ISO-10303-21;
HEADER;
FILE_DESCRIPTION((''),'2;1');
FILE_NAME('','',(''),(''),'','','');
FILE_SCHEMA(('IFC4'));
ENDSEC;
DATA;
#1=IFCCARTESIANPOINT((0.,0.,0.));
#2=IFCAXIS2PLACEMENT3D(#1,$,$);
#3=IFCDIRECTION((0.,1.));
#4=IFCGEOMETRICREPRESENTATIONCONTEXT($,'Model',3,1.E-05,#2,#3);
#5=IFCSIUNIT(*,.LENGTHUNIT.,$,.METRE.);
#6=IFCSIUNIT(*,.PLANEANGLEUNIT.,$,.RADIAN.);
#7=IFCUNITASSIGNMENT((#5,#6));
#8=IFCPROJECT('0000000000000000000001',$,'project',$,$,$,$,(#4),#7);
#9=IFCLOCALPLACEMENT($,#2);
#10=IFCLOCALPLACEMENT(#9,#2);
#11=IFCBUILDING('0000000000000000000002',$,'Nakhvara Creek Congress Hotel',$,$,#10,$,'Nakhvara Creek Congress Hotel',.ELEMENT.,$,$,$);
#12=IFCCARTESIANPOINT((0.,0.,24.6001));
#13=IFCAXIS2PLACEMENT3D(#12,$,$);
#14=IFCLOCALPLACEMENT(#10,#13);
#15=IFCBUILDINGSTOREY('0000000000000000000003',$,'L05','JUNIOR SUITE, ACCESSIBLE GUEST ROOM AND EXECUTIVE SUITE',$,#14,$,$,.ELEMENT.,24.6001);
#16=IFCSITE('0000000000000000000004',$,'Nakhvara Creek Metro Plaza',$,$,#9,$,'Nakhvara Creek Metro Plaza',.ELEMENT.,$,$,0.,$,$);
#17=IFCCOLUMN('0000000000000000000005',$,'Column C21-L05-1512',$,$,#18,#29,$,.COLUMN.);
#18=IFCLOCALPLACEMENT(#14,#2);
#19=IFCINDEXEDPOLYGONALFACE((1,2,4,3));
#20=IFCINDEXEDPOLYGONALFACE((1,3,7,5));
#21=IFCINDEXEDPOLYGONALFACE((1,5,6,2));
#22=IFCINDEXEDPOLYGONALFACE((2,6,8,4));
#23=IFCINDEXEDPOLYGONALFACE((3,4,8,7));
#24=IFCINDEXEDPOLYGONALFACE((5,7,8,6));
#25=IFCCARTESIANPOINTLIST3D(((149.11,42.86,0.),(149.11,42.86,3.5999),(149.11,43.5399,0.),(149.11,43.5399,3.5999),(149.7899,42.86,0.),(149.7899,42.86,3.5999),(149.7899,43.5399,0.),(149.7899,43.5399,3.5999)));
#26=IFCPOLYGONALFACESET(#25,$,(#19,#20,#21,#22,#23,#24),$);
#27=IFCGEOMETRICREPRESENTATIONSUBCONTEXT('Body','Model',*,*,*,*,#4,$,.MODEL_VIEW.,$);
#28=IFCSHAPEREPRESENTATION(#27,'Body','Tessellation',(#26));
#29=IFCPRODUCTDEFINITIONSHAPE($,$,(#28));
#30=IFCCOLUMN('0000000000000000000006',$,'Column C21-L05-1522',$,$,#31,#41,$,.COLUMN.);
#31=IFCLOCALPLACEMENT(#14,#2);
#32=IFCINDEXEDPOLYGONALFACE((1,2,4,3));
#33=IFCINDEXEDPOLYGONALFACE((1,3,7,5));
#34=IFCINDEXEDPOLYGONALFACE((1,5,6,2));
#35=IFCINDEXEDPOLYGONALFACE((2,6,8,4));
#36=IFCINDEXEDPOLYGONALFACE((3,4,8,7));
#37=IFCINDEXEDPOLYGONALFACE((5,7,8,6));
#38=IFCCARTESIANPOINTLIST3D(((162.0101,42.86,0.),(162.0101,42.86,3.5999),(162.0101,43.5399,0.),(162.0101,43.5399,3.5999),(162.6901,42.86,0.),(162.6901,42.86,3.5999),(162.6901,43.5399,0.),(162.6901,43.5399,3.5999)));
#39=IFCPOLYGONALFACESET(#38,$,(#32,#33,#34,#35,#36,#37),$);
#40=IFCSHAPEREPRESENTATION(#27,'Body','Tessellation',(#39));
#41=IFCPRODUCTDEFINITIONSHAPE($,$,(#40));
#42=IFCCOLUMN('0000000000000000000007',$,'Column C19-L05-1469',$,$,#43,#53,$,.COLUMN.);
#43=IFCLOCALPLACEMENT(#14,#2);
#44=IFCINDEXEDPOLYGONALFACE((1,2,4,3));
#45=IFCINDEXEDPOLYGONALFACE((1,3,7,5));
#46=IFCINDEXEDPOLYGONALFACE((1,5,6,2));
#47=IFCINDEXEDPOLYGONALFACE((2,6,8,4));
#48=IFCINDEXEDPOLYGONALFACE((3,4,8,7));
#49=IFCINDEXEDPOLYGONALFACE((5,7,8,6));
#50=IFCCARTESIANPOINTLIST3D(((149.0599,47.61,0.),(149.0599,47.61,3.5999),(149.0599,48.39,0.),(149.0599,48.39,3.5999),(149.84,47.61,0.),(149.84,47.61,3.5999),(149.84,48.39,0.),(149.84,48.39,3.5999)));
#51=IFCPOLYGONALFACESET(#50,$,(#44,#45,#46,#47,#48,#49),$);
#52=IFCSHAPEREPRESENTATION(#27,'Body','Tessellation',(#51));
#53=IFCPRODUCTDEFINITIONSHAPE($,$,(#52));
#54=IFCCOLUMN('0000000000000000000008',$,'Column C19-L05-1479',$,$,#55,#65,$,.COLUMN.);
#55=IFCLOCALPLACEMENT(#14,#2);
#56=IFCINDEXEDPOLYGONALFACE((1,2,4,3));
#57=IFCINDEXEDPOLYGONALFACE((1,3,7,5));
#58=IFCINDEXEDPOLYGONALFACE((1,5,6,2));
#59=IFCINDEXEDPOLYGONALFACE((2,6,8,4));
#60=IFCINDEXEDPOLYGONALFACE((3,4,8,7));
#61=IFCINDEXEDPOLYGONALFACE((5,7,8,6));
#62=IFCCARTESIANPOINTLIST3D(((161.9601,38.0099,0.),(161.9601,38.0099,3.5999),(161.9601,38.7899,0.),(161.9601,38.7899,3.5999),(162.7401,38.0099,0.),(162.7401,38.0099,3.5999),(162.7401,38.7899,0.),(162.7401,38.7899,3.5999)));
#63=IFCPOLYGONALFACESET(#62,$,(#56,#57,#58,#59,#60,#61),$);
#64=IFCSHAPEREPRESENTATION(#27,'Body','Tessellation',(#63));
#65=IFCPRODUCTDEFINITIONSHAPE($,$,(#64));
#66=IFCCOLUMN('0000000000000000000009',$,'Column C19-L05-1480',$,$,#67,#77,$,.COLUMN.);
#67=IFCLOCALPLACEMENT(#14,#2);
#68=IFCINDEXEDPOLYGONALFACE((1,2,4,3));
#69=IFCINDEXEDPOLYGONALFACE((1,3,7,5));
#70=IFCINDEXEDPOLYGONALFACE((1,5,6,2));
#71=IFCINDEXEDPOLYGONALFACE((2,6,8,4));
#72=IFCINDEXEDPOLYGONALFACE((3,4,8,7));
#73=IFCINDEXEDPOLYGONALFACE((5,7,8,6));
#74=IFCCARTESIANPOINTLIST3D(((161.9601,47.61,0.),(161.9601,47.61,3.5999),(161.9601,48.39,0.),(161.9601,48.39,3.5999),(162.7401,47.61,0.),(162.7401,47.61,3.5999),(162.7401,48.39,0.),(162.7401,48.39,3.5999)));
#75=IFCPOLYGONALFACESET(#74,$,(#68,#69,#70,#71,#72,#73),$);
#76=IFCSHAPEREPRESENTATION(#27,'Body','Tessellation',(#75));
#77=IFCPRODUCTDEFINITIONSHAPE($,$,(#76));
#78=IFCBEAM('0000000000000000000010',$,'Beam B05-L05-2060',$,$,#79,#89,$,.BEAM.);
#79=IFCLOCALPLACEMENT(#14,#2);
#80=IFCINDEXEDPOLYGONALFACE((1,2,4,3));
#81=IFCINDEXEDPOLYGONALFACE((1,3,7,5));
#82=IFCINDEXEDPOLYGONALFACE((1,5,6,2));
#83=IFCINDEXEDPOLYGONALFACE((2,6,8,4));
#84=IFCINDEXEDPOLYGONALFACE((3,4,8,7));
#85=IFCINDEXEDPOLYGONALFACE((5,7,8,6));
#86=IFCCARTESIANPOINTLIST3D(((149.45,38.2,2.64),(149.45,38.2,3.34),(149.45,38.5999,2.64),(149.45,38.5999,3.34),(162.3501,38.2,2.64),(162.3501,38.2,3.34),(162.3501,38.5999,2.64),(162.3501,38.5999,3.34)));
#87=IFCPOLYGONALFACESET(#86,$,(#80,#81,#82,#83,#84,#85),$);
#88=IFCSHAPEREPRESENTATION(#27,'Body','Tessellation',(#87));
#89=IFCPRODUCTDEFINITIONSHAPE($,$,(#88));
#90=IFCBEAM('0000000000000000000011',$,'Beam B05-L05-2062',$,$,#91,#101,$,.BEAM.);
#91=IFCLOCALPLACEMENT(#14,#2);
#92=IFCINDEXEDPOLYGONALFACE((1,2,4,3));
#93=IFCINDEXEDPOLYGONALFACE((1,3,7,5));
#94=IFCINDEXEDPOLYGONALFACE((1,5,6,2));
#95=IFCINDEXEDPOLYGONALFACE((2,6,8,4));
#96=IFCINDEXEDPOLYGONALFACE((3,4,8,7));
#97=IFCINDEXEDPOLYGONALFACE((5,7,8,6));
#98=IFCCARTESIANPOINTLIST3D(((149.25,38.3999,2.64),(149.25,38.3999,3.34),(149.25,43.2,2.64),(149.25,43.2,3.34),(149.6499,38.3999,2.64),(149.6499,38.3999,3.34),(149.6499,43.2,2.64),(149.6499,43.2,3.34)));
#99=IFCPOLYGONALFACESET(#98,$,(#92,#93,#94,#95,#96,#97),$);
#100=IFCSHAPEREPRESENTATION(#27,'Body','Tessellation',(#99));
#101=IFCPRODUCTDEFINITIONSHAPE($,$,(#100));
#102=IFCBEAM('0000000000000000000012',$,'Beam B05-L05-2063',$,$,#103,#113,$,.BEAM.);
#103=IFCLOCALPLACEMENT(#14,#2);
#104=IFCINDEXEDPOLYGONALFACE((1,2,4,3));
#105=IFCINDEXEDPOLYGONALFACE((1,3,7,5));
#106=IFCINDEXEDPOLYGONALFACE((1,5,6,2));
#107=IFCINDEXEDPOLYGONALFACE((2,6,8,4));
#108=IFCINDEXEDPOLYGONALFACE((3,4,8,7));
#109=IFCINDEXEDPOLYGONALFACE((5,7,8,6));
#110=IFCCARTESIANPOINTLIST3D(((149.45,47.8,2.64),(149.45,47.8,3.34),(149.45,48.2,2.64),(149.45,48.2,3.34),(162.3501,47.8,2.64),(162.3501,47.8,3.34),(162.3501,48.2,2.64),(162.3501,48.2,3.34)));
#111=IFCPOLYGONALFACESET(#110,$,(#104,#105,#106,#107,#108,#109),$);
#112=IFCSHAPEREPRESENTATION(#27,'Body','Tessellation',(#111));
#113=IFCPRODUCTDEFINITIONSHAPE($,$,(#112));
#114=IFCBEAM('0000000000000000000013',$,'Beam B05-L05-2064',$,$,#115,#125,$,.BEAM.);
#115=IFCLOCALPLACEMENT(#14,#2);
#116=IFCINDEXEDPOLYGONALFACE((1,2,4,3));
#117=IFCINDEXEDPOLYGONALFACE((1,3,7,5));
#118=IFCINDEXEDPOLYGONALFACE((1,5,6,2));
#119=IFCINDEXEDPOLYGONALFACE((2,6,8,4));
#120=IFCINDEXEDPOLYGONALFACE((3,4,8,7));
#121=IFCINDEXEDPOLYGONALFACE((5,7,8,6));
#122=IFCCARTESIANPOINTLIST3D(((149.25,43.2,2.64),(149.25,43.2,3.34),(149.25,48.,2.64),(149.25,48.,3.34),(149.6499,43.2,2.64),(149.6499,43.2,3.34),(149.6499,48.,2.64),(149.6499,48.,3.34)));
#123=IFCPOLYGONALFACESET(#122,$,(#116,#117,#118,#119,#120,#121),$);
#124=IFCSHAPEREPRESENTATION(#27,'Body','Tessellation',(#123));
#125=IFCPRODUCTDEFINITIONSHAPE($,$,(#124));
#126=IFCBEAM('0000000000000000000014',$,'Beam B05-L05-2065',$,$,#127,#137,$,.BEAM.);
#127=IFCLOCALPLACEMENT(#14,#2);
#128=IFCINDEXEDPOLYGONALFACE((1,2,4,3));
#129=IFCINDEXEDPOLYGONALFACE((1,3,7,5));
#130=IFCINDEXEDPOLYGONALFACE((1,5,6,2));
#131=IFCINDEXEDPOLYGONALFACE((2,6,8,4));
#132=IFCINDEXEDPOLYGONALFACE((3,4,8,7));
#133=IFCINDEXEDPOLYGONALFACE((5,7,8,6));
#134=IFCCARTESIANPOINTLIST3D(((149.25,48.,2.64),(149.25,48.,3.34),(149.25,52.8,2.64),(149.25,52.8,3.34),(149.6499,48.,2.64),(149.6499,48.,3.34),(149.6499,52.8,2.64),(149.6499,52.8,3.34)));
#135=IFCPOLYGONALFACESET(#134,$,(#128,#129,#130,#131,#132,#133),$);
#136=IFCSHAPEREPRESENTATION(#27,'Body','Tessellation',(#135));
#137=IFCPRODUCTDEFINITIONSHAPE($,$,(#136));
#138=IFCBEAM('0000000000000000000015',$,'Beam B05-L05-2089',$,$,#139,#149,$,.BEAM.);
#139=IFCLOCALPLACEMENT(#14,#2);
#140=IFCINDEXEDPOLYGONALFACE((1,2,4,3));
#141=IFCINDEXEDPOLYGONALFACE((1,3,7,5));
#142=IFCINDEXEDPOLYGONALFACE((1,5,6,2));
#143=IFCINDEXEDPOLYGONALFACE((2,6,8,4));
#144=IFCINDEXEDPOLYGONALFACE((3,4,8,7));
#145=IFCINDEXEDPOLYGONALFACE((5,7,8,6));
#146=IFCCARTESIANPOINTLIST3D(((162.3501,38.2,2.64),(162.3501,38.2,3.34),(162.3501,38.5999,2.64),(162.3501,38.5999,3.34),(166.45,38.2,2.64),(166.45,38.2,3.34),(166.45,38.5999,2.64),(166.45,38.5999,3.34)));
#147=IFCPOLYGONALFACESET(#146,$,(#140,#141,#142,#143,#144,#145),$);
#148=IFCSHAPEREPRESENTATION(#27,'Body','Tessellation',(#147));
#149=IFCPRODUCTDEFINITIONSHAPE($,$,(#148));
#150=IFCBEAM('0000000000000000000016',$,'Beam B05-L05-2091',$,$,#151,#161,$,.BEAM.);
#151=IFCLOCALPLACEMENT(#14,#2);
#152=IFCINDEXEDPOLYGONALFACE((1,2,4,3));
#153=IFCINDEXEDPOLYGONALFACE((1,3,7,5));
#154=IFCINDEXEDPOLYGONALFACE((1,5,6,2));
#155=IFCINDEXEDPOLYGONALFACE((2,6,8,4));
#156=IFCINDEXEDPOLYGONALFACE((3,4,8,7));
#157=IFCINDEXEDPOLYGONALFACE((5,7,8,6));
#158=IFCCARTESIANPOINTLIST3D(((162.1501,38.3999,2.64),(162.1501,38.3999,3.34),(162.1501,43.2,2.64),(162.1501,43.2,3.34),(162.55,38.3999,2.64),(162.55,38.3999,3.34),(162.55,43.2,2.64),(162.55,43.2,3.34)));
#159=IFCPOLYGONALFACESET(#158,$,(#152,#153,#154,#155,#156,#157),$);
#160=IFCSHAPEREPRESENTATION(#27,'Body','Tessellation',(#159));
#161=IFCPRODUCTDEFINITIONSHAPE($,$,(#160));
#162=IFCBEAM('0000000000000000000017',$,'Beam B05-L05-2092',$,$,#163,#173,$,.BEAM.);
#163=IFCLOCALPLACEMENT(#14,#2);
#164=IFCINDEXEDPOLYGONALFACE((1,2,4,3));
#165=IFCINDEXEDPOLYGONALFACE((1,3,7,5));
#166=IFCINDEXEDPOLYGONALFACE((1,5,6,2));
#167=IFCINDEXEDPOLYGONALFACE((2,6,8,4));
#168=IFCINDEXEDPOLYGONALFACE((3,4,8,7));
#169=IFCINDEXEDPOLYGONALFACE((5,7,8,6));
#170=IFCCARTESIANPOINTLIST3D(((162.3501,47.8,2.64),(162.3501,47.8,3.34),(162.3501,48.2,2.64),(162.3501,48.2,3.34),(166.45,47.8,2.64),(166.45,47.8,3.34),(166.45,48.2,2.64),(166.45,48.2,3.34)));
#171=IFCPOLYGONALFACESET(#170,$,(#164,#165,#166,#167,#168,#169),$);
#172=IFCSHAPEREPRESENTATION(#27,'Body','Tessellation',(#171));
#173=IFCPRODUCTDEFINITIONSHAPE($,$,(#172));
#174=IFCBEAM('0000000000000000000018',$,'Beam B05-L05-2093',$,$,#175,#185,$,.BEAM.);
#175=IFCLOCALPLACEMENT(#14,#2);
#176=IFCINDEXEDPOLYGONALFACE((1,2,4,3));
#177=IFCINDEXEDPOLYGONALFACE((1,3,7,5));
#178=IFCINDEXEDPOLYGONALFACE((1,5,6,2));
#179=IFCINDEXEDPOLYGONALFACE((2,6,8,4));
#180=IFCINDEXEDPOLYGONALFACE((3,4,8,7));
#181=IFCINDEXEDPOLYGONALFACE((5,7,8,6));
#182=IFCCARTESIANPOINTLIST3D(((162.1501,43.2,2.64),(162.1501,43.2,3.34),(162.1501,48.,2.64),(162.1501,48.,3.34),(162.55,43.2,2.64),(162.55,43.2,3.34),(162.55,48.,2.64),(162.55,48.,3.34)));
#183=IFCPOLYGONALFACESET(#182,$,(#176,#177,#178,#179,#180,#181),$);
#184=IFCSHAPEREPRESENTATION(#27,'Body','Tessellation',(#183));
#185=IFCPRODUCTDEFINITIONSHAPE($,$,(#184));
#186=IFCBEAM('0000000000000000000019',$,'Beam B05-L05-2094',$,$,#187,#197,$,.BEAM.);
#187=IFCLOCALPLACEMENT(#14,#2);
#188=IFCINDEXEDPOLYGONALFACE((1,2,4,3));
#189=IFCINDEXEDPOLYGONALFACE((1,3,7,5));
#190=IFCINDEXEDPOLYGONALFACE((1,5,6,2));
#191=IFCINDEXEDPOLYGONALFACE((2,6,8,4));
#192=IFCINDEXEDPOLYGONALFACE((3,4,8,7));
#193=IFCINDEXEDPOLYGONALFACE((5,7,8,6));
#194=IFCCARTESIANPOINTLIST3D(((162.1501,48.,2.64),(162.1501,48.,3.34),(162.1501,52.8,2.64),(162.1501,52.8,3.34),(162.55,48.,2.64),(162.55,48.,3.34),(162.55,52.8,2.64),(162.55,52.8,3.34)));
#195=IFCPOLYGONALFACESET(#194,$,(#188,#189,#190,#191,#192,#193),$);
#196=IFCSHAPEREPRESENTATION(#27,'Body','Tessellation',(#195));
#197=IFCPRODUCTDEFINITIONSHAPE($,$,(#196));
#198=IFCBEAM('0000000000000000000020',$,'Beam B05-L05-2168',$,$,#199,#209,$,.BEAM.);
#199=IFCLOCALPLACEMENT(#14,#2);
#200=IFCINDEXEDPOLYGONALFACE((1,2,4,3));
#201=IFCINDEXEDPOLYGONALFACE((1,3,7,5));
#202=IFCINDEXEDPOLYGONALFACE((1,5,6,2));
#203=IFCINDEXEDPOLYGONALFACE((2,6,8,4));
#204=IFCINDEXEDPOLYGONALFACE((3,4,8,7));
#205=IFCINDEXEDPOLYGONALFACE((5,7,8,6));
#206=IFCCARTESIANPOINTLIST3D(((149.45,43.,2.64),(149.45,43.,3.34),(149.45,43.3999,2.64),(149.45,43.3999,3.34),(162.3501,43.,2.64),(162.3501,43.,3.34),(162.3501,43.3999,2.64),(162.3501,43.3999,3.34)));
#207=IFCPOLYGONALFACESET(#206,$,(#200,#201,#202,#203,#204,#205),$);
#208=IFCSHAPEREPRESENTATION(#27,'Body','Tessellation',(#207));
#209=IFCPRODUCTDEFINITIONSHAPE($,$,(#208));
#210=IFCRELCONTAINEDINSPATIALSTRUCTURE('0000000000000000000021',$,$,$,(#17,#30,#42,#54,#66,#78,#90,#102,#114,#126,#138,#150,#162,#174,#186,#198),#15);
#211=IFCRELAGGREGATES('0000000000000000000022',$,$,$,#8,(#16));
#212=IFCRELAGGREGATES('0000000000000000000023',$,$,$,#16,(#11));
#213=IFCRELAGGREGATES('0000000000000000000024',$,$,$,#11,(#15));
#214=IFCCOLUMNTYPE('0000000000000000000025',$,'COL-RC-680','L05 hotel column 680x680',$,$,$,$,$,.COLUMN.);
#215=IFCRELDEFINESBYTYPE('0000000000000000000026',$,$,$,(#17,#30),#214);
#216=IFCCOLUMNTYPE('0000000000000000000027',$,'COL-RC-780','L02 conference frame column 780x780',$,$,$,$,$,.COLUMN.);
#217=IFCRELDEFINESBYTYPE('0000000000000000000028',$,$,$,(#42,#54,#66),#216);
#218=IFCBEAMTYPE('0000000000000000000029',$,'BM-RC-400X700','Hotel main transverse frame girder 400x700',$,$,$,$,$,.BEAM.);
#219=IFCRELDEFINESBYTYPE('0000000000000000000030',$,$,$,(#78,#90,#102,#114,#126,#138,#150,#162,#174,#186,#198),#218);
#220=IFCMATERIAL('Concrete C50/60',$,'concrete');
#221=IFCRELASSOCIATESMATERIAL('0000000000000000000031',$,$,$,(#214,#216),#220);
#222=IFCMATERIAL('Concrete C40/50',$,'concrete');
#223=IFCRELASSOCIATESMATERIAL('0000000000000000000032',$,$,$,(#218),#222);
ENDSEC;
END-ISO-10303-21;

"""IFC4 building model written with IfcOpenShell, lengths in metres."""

from ifc_helpers import new_model, si_unit, direction, frame, origin, origin_2d, place, context, subcontext, project, spatial, rectangle, extrude, material, material_profile, profile_set, type_object, element, save


model = new_model("IFC4")

# Units and contexts
model_context = context("Model", 3, precision=1e-05, world=origin(), true_north=direction((0.0, 1.0)))
body_context = subcontext(model_context, "Body", "Model", "MODEL_VIEW")
ifc_project = project(units=[si_unit("LENGTHUNIT", "METRE"), si_unit("PLANEANGLEUNIT", "RADIAN")], contexts=[model_context])

# Site, building, storey
site_placement = place(None, origin())
site = spatial("IfcSite", under=ifc_project, at=site_placement, Name="Nakhvara Creek Metro Plaza", LongName="Nakhvara Creek Metro Plaza", CompositionType="ELEMENT", RefElevation=0.0)
building_placement = place(site_placement, origin())
building = spatial("IfcBuilding", under=site, at=building_placement, Name="Nakhvara Creek Congress Hotel", LongName="Nakhvara Creek Congress Hotel", CompositionType="ELEMENT")
storey_placement = place(building_placement, frame((0.0, 0.0, 24.6001)))
storey = spatial("IfcBuildingStorey", under=building, at=storey_placement, Name="L05", Description="JUNIOR SUITE, ACCESSIBLE GUEST ROOM AND EXECUTIVE SUITE", CompositionType="ELEMENT", Elevation=24.6001)

# Columns
ifc_material_1 = material(Name="Concrete C50/60", Category="concrete")
ifc_material_profile_1 = material_profile(ifc_material_1, rectangle(XDim=0.6799, YDim=0.6799, at=origin_2d()), Name="RC-COL 680x680", Category="LoadBearing")
ifc_profile_set_1 = profile_set([ifc_material_profile_1], Name="Concrete C50/60")
column_type_1 = type_object("IfcColumnType", Name="COL-RC-680", Description="L05 hotel column 680x680", PredefinedType="COLUMN", material=ifc_profile_set_1)
for number, where, z_axis, x_axis, name in (
    (1, (149.45, 43.2, 0.0), (0.0, 0.0, 1.0), (1.0, 0.0, 0.0), "Column C21-L05-1512"),
    (2, (162.3501, 43.2, 0.0), (0.0, 0.0, 1.0), (1.0, 0.0, 0.0), "Column C21-L05-1522"),
):
    element("IfcColumn", number, at=place(storey_placement, frame(where, z_axis=z_axis, x_axis=x_axis)), inside=storey, type_object=column_type_1, Name=name, PredefinedType="COLUMN", context=body_context, shape_type="SweptSolid", body=[
        extrude(rectangle(XDim=0.6799, YDim=0.6799, at=origin_2d()), origin(), (0.0, 0.0, 1.0), 3.5999),
    ])
ifc_material_profile_2 = material_profile(ifc_material_1, rectangle(XDim=0.78, YDim=0.78, at=origin_2d()), Name="RC-COL 780x780", Category="LoadBearing")
ifc_profile_set_2 = profile_set([ifc_material_profile_2], Name="Concrete C50/60")
column_type_2 = type_object("IfcColumnType", Name="COL-RC-780", Description="L02 conference frame column 780x780", PredefinedType="COLUMN", material=ifc_profile_set_2)
for number, where, z_axis, x_axis, name in (
    (3, (149.45, 48.0, 0.0), (0.0, 0.0, 1.0), (1.0, 0.0, 0.0), "Column C19-L05-1469"),
    (4, (162.3501, 38.3999, 0.0), (0.0, 0.0, 1.0), (1.0, 0.0, 0.0), "Column C19-L05-1479"),
    (5, (162.3501, 48.0, 0.0), (0.0, 0.0, 1.0), (1.0, 0.0, 0.0), "Column C19-L05-1480"),
):
    element("IfcColumn", number, at=place(storey_placement, frame(where, z_axis=z_axis, x_axis=x_axis)), inside=storey, type_object=column_type_2, Name=name, PredefinedType="COLUMN", context=body_context, shape_type="SweptSolid", body=[
        extrude(rectangle(XDim=0.78, YDim=0.78, at=origin_2d()), origin(), (0.0, 0.0, 1.0), 3.5999),
    ])

# Beams
ifc_material_2 = material(Name="Concrete C40/50", Category="concrete")
ifc_material_profile_3 = material_profile(ifc_material_2, rectangle(XDim=0.3999, YDim=0.7, at=origin_2d()), Name="RC-BM 400x700", Category="LoadBearing")
ifc_profile_set_3 = profile_set([ifc_material_profile_3], Name="Concrete C40/50")
beam_type = type_object("IfcBeamType", Name="BM-RC-400X700", Description="Hotel main transverse frame girder 400x700", PredefinedType="BEAM", material=ifc_profile_set_3)
beam_1_placement = place(storey_placement, frame((149.45, 38.3999, 2.99), z_axis=(1.0, 0.0, 0.0), x_axis=(0.0, 1.0, 0.0)))
element("IfcBeam", 6, at=beam_1_placement, inside=storey, type_object=beam_type, Name="Beam B05-L05-2060", PredefinedType="BEAM", context=body_context, shape_type="SweptSolid", body=[
    extrude(rectangle(XDim=0.3999, YDim=0.7, at=origin_2d()), origin(), (0.0, 0.0, 1.0), 12.9001),
])
beam_2_placement = place(storey_placement, frame((149.45, 38.3999, 2.99), z_axis=(0.0, 1.0, 0.0), x_axis=(-1.0, 0.0, 0.0)))
element("IfcBeam", 7, at=beam_2_placement, inside=storey, type_object=beam_type, Name="Beam B05-L05-2062", PredefinedType="BEAM", context=body_context, shape_type="SweptSolid", body=[
    extrude(rectangle(XDim=0.3999, YDim=0.7, at=origin_2d()), origin(), (0.0, 0.0, 1.0), 4.8),
])
beam_3_placement = place(storey_placement, frame((149.45, 48.0, 2.99), z_axis=(1.0, 0.0, 0.0), x_axis=(0.0, 1.0, 0.0)))
element("IfcBeam", 8, at=beam_3_placement, inside=storey, type_object=beam_type, Name="Beam B05-L05-2063", PredefinedType="BEAM", context=body_context, shape_type="SweptSolid", body=[
    extrude(rectangle(XDim=0.3999, YDim=0.7, at=origin_2d()), origin(), (0.0, 0.0, 1.0), 12.9001),
])
for number, where, z_axis, x_axis, name in (
    (9, (149.45, 43.2, 2.99), (0.0, 1.0, 0.0), (-1.0, 0.0, 0.0), "Beam B05-L05-2064"),
    (10, (149.45, 48.0, 2.99), (0.0, 1.0, 0.0), (-1.0, 0.0, 0.0), "Beam B05-L05-2065"),
):
    element("IfcBeam", number, at=place(storey_placement, frame(where, z_axis=z_axis, x_axis=x_axis)), inside=storey, type_object=beam_type, Name=name, PredefinedType="BEAM", context=body_context, shape_type="SweptSolid", body=[
        extrude(rectangle(XDim=0.3999, YDim=0.7, at=origin_2d()), origin(), (0.0, 0.0, 1.0), 4.8),
    ])
beam_4_placement = place(storey_placement, frame((162.3501, 38.3999, 2.99), z_axis=(1.0, 0.0, 0.0), x_axis=(0.0, 1.0, 0.0)))
element("IfcBeam", 11, at=beam_4_placement, inside=storey, type_object=beam_type, Name="Beam B05-L05-2089", PredefinedType="BEAM", context=body_context, shape_type="SweptSolid", body=[
    extrude(rectangle(XDim=0.3999, YDim=0.7, at=origin_2d()), origin(), (0.0, 0.0, 1.0), 4.0999),
])
beam_5_placement = place(storey_placement, frame((162.3501, 38.3999, 2.99), z_axis=(0.0, 1.0, 0.0), x_axis=(-1.0, 0.0, 0.0)))
element("IfcBeam", 12, at=beam_5_placement, inside=storey, type_object=beam_type, Name="Beam B05-L05-2091", PredefinedType="BEAM", context=body_context, shape_type="SweptSolid", body=[
    extrude(rectangle(XDim=0.3999, YDim=0.7, at=origin_2d()), origin(), (0.0, 0.0, 1.0), 4.8),
])
beam_6_placement = place(storey_placement, frame((162.3501, 48.0, 2.99), z_axis=(1.0, 0.0, 0.0), x_axis=(0.0, 1.0, 0.0)))
element("IfcBeam", 13, at=beam_6_placement, inside=storey, type_object=beam_type, Name="Beam B05-L05-2092", PredefinedType="BEAM", context=body_context, shape_type="SweptSolid", body=[
    extrude(rectangle(XDim=0.3999, YDim=0.7, at=origin_2d()), origin(), (0.0, 0.0, 1.0), 4.0999),
])
for number, where, z_axis, x_axis, name in (
    (14, (162.3501, 43.2, 2.99), (0.0, 1.0, 0.0), (-1.0, 0.0, 0.0), "Beam B05-L05-2093"),
    (15, (162.3501, 48.0, 2.99), (0.0, 1.0, 0.0), (-1.0, 0.0, 0.0), "Beam B05-L05-2094"),
):
    element("IfcBeam", number, at=place(storey_placement, frame(where, z_axis=z_axis, x_axis=x_axis)), inside=storey, type_object=beam_type, Name=name, PredefinedType="BEAM", context=body_context, shape_type="SweptSolid", body=[
        extrude(rectangle(XDim=0.3999, YDim=0.7, at=origin_2d()), origin(), (0.0, 0.0, 1.0), 4.8),
    ])
beam_7_placement = place(storey_placement, frame((149.45, 43.2, 2.99), z_axis=(1.0, 0.0, 0.0), x_axis=(0.0, 1.0, 0.0)))
element("IfcBeam", 16, at=beam_7_placement, inside=storey, type_object=beam_type, Name="Beam B05-L05-2168", PredefinedType="BEAM", context=body_context, shape_type="SweptSolid", body=[
    extrude(rectangle(XDim=0.3999, YDim=0.7, at=origin_2d()), origin(), (0.0, 0.0, 1.0), 12.9001),
])

save(model, "model.ifc")
